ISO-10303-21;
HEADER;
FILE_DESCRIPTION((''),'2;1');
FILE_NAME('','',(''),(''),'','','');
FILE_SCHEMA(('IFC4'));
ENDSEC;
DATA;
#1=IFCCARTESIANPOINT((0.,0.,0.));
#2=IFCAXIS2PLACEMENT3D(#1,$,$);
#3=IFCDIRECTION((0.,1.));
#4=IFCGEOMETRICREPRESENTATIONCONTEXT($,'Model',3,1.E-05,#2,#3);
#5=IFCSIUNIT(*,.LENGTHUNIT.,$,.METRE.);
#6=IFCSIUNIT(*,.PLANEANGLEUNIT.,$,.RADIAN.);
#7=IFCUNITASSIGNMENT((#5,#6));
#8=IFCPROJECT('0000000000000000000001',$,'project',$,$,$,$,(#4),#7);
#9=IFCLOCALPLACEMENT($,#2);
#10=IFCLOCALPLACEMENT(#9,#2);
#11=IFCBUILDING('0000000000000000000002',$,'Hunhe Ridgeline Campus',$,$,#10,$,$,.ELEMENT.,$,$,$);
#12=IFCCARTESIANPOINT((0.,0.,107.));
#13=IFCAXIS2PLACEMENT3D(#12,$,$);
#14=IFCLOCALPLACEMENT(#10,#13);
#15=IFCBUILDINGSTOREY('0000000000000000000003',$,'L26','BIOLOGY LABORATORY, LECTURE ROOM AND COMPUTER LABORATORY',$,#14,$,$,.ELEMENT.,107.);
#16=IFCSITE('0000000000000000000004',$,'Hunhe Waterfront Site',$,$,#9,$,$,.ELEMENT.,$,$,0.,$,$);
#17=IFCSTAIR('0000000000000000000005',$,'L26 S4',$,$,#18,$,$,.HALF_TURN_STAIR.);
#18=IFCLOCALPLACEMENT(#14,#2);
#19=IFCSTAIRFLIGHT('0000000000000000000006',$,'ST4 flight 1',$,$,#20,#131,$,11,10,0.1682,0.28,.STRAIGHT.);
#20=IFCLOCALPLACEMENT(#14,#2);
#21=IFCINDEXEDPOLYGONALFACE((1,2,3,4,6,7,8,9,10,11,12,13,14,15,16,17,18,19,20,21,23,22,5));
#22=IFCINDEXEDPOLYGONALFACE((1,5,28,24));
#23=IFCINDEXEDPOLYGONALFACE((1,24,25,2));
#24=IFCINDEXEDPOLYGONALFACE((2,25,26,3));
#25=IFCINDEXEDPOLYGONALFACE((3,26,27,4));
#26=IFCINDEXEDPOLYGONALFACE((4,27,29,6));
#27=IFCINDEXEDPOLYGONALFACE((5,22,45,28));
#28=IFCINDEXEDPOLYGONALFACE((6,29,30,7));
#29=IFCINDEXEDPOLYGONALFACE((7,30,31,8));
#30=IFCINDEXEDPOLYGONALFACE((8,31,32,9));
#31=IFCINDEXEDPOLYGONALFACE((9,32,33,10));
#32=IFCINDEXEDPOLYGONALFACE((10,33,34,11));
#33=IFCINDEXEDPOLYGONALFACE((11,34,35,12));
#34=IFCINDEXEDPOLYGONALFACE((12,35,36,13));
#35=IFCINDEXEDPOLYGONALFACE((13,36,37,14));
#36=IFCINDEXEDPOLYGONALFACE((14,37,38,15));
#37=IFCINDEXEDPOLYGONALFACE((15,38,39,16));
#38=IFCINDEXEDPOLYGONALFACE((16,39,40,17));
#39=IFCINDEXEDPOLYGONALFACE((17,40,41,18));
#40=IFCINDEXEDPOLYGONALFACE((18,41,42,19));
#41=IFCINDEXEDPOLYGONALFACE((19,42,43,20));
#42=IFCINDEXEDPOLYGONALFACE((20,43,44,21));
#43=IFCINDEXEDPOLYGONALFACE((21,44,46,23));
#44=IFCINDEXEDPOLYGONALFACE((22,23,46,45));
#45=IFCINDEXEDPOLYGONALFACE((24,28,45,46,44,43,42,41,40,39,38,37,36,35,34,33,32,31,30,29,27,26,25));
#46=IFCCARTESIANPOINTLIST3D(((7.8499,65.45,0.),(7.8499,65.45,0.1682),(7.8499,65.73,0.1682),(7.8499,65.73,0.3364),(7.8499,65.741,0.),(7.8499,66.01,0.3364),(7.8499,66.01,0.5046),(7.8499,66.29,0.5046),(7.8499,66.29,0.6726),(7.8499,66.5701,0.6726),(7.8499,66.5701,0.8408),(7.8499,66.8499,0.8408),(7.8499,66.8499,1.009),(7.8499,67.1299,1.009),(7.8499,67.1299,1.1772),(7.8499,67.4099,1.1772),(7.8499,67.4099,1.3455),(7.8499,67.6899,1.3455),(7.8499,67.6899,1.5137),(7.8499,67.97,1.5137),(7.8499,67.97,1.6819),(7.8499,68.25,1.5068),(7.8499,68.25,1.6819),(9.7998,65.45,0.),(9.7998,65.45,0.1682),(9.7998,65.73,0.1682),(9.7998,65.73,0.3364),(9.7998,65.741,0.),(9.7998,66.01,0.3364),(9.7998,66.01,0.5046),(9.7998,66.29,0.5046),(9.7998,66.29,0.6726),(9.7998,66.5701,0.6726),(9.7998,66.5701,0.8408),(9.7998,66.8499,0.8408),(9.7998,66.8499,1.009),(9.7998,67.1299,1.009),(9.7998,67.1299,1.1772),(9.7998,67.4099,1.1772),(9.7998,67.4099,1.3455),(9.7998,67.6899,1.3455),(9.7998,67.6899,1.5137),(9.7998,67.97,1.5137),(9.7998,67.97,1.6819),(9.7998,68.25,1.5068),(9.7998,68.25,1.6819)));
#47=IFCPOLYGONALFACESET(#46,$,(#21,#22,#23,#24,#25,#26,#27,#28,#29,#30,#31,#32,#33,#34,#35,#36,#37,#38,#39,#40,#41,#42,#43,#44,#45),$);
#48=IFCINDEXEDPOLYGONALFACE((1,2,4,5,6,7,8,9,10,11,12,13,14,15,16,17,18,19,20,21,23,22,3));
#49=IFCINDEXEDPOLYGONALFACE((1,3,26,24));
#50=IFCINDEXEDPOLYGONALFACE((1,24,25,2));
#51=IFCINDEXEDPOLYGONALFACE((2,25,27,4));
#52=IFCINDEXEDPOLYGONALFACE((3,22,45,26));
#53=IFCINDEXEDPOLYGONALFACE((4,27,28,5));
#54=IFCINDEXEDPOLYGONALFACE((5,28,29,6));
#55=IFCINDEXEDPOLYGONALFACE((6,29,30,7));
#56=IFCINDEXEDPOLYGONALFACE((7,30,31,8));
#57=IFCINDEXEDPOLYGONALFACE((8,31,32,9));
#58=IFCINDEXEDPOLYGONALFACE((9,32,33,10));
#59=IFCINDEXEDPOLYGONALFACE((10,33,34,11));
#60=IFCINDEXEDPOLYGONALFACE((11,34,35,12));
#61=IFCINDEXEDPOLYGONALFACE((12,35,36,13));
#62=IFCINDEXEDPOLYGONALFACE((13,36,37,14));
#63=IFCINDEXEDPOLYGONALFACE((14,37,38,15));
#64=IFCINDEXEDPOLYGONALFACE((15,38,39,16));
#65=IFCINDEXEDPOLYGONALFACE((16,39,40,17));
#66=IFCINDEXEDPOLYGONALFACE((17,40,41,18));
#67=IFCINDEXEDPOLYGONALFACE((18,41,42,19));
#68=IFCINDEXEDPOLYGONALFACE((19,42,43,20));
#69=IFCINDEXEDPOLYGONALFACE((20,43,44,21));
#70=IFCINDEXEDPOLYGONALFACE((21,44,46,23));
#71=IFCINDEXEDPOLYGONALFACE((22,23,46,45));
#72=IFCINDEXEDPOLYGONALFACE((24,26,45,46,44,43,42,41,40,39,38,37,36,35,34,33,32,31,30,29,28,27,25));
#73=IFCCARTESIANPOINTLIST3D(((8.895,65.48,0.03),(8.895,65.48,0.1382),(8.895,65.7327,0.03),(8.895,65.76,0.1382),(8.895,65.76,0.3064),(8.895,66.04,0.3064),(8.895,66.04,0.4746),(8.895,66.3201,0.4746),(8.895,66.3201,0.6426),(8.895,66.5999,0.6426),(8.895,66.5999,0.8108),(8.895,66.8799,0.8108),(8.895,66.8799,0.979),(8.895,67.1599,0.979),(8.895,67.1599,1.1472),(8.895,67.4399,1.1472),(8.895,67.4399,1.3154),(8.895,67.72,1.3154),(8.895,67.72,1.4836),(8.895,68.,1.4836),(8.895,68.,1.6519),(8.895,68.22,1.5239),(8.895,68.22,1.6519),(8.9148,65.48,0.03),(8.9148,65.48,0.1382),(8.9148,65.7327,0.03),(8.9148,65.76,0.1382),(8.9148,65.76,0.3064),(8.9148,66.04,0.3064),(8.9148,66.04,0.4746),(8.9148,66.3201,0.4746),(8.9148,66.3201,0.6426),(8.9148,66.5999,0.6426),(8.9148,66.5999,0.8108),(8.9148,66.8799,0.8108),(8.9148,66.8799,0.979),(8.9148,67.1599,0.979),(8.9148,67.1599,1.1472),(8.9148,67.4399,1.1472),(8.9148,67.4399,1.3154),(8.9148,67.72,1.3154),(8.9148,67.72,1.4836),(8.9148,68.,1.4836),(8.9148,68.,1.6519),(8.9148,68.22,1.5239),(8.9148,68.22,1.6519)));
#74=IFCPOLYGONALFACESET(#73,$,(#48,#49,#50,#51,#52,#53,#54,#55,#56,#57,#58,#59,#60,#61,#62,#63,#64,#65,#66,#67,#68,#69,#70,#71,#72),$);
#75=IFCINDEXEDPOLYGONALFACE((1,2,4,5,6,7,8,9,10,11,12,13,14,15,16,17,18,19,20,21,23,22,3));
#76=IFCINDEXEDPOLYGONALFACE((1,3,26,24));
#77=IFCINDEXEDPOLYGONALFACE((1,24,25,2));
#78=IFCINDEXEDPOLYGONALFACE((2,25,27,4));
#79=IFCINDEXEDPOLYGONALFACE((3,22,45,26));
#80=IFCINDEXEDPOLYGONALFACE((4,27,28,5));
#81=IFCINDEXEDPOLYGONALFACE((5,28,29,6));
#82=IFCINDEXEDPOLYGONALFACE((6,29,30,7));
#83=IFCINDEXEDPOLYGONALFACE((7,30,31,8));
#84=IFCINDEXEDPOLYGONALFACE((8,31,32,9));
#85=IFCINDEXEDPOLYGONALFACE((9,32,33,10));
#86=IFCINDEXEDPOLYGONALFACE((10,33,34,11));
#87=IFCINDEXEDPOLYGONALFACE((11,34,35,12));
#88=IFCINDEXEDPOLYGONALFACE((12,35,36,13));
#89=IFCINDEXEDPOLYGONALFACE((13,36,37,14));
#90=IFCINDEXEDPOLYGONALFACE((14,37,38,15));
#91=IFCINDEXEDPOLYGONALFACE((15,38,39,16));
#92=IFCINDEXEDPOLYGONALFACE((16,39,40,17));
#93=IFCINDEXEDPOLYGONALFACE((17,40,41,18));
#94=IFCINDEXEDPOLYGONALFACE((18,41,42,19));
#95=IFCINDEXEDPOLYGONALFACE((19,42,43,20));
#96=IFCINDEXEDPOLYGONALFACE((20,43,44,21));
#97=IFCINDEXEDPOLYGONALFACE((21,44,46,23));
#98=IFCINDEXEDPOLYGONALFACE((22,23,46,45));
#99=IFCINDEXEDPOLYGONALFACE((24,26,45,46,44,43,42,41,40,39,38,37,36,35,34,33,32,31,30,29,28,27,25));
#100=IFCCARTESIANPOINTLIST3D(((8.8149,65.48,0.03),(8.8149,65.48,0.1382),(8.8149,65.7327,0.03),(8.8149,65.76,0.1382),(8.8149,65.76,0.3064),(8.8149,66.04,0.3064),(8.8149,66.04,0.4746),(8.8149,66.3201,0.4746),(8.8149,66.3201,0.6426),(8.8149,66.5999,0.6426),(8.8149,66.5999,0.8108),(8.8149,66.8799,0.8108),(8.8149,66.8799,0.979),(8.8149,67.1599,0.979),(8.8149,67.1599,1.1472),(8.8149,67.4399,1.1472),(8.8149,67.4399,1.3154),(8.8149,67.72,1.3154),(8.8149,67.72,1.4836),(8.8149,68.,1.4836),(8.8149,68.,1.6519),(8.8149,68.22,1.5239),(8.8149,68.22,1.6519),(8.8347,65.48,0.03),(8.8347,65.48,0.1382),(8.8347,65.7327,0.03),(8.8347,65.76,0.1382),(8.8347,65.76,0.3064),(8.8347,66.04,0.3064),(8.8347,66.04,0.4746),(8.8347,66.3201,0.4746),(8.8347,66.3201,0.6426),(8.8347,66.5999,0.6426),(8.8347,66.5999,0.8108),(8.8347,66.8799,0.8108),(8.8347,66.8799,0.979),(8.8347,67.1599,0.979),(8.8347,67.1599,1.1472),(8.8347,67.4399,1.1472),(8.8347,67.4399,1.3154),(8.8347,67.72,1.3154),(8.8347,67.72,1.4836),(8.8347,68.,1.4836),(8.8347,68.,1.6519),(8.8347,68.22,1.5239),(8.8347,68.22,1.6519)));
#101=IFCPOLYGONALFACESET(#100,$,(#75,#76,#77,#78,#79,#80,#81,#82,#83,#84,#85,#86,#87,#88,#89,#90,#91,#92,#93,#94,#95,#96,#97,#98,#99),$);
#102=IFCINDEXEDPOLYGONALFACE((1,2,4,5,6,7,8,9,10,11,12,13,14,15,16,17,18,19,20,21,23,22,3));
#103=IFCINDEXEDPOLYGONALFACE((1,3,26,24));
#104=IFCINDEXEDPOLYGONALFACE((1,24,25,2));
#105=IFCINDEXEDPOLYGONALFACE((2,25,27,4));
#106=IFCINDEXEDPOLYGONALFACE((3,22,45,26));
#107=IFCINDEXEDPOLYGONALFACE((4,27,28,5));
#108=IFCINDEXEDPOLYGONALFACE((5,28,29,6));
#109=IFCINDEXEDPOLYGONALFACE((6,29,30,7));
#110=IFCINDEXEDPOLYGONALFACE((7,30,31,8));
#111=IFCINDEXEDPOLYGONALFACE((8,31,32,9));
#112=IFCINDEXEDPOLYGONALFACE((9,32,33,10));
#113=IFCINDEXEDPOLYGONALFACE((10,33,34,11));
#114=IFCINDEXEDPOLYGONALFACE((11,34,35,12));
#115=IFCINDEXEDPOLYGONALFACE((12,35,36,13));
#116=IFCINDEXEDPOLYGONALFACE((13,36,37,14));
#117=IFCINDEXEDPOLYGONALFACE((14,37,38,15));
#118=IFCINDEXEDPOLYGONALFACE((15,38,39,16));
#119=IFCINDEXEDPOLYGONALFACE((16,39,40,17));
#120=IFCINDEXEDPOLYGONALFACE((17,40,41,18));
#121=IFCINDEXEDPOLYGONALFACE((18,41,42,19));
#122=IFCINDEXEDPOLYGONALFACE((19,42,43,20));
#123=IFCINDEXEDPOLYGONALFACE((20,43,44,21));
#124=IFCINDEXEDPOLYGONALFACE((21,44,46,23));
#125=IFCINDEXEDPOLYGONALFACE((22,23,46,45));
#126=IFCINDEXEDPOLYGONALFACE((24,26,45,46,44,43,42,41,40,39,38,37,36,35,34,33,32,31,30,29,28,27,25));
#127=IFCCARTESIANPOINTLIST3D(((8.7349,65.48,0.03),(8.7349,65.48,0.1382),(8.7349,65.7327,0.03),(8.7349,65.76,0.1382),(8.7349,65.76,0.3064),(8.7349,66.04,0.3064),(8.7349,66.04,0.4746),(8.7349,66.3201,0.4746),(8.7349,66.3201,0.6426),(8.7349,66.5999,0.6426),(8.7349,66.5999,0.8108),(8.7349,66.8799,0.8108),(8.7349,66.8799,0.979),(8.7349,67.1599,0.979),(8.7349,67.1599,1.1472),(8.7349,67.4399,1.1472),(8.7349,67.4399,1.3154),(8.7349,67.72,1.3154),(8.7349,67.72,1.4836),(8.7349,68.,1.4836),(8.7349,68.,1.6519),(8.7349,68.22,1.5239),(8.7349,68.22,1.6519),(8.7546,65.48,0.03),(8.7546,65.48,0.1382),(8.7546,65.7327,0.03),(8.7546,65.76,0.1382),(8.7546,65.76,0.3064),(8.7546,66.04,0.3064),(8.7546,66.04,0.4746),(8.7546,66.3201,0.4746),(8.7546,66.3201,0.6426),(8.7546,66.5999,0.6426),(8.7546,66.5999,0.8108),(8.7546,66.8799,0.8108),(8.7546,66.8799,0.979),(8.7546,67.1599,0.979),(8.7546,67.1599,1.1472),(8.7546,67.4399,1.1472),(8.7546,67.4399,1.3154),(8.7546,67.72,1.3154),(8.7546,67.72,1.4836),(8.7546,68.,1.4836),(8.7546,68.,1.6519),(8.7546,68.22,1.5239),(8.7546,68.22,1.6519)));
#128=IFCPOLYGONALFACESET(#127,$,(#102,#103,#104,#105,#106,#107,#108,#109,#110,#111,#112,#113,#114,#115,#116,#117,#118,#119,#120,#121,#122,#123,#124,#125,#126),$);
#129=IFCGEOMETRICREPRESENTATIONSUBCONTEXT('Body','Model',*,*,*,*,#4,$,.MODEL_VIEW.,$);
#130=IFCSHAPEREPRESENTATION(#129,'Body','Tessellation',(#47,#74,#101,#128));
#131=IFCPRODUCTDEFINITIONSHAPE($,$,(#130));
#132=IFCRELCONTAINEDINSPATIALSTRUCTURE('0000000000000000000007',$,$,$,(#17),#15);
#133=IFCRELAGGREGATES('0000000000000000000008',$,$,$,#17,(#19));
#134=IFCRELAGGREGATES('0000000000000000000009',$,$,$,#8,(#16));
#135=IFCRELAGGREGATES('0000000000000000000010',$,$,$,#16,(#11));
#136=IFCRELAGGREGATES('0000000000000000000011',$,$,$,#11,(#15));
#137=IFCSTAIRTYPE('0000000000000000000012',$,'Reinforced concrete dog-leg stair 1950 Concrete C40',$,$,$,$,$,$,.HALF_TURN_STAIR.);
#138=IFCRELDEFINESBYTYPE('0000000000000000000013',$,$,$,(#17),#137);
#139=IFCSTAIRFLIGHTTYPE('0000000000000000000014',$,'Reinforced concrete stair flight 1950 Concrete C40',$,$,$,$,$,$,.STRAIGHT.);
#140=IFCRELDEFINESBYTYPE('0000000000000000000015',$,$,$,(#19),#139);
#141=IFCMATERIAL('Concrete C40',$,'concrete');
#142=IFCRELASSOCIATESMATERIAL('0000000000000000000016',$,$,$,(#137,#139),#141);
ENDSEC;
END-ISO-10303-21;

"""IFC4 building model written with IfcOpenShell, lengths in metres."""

from ifc_helpers import new_model, si_unit, direction, frame, origin, place, context, subcontext, project, spatial, polyline, outline, extrude, material, type_object, element, aggregate, save


model = new_model("IFC4")

# Units and contexts
model_context = context("Model", 3, precision=1e-05, world=origin(), true_north=direction((0.0, 1.0)))
body_context = subcontext(model_context, "Body", "Model", "MODEL_VIEW")
ifc_project = project(units=[si_unit("LENGTHUNIT", "METRE"), si_unit("PLANEANGLEUNIT", "RADIAN")], contexts=[model_context])

# Site, building, storey
site_placement = place(None, origin())
site = spatial("IfcSite", under=ifc_project, at=site_placement, Name="Hunhe Waterfront Site", CompositionType="ELEMENT", RefElevation=0.0)
building_placement = place(site_placement, origin())
building = spatial("IfcBuilding", under=site, at=building_placement, Name="Hunhe Ridgeline Campus", CompositionType="ELEMENT")
storey_placement = place(building_placement, frame((0.0, 0.0, 107.0)))
storey = spatial("IfcBuildingStorey", under=building, at=storey_placement, Name="L26", Description="BIOLOGY LABORATORY, LECTURE ROOM AND COMPUTER LABORATORY", CompositionType="ELEMENT", Elevation=107.0)

# Stair, stair flight
ifc_material_1 = material(Name="Concrete C40", Category="concrete")
stair_type = type_object("IfcStairType", Name="Reinforced concrete dog-leg stair 1950 Concrete C40", PredefinedType="HALF_TURN_STAIR", material=ifc_material_1)
stair_1_placement = place(storey_placement, origin())
stair_1 = element("IfcStair", 1, at=stair_1_placement, inside=storey, type_object=stair_type, Name="L26 S4", PredefinedType="HALF_TURN_STAIR")
stair_flight_type = type_object("IfcStairFlightType", Name="Reinforced concrete stair flight 1950 Concrete C40", PredefinedType="STRAIGHT", material=ifc_material_1)
stair_flight_1_placement = place(storey_placement, frame((8.825, 65.45, 0.0), z_axis=(0.0, 0.0, 1.0), x_axis=(0.0, 1.0, 0.0)))
stair_flight_1 = element("IfcStairFlight", 2, at=stair_flight_1_placement, type_object=stair_flight_type, Name="ST4 flight 1", NumberOfRisers=11, NumberOfTreads=10, PredefinedType="STRAIGHT", RiserHeight=0.1682, TreadLength=0.28, context=body_context, shape_type="SweptSolid", body=[
    extrude(outline(polyline([(0.0, 0.0), (0.0, 0.1682), (0.28, 0.1682), (0.28, 0.3364), (0.5601, 0.3364), (0.5601, 0.5046), (0.8401, 0.5046), (0.8401, 0.6726), (1.1201, 0.6726), (1.1201, 0.8408), (1.3999, 0.8408), (1.3999, 1.009), (1.6799, 1.009), (1.6799, 1.1772), (1.96, 1.1772), (1.96, 1.3455), (2.24, 1.3455), (2.24, 1.5137), (2.52, 1.5137), (2.52, 1.6819), (2.8, 1.6819), (2.8, 1.8501), (2.8, 1.5068), (0.291, 0.0), (0.0, 0.0)])), frame((0.0, 0.9751, 0.0), z_axis=(0.0, -1.0, 0.0), x_axis=(1.0, 0.0, 0.0)), (0.0, 0.0, 1.0), 1.95),
    extrude(outline(polyline([(0.03, 0.03), (0.03, 0.1382), (0.3101, 0.1382), (0.3101, 0.3064), (0.5901, 0.3064), (0.5901, 0.4746), (0.8701, 0.4746), (0.8701, 0.6426), (1.1499, 0.6426), (1.1499, 0.8108), (1.4299, 0.8108), (1.4299, 0.979), (1.71, 0.979), (1.71, 1.1472), (1.99, 1.1472), (1.99, 1.3154), (2.27, 1.3154), (2.27, 1.4836), (2.55, 1.4836), (2.55, 1.6519), (2.77, 1.6519), (2.77, 1.5239), (0.2827, 0.03), (0.03, 0.03)])), frame((0.0, -0.0701, 0.0), z_axis=(0.0, -1.0, 0.0), x_axis=(1.0, 0.0, 0.0)), (0.0, 0.0, 1.0), 0.0198),
    extrude(outline(polyline([(0.03, 0.03), (0.03, 0.1382), (0.3101, 0.1382), (0.3101, 0.3064), (0.5901, 0.3064), (0.5901, 0.4746), (0.8701, 0.4746), (0.8701, 0.6426), (1.1499, 0.6426), (1.1499, 0.8108), (1.4299, 0.8108), (1.4299, 0.979), (1.71, 0.979), (1.71, 1.1472), (1.99, 1.1472), (1.99, 1.3154), (2.27, 1.3154), (2.27, 1.4836), (2.55, 1.4836), (2.55, 1.6519), (2.77, 1.6519), (2.77, 1.5239), (0.2827, 0.03), (0.03, 0.03)])), frame((0.0, 0.01, 0.0), z_axis=(0.0, -1.0, 0.0), x_axis=(1.0, 0.0, 0.0)), (0.0, 0.0, 1.0), 0.0198),
    extrude(outline(polyline([(0.03, 0.03), (0.03, 0.1382), (0.3101, 0.1382), (0.3101, 0.3064), (0.5901, 0.3064), (0.5901, 0.4746), (0.8701, 0.4746), (0.8701, 0.6426), (1.1499, 0.6426), (1.1499, 0.8108), (1.4299, 0.8108), (1.4299, 0.979), (1.71, 0.979), (1.71, 1.1472), (1.99, 1.1472), (1.99, 1.3154), (2.27, 1.3154), (2.27, 1.4836), (2.55, 1.4836), (2.55, 1.6519), (2.77, 1.6519), (2.77, 1.5239), (0.2827, 0.03), (0.03, 0.03)])), frame((0.0, 0.0901, 0.0), z_axis=(0.0, -1.0, 0.0), x_axis=(1.0, 0.0, 0.0)), (0.0, 0.0, 1.0), 0.0198),
])
aggregate(stair_1, [stair_flight_1])

save(model, "model.ifc")
